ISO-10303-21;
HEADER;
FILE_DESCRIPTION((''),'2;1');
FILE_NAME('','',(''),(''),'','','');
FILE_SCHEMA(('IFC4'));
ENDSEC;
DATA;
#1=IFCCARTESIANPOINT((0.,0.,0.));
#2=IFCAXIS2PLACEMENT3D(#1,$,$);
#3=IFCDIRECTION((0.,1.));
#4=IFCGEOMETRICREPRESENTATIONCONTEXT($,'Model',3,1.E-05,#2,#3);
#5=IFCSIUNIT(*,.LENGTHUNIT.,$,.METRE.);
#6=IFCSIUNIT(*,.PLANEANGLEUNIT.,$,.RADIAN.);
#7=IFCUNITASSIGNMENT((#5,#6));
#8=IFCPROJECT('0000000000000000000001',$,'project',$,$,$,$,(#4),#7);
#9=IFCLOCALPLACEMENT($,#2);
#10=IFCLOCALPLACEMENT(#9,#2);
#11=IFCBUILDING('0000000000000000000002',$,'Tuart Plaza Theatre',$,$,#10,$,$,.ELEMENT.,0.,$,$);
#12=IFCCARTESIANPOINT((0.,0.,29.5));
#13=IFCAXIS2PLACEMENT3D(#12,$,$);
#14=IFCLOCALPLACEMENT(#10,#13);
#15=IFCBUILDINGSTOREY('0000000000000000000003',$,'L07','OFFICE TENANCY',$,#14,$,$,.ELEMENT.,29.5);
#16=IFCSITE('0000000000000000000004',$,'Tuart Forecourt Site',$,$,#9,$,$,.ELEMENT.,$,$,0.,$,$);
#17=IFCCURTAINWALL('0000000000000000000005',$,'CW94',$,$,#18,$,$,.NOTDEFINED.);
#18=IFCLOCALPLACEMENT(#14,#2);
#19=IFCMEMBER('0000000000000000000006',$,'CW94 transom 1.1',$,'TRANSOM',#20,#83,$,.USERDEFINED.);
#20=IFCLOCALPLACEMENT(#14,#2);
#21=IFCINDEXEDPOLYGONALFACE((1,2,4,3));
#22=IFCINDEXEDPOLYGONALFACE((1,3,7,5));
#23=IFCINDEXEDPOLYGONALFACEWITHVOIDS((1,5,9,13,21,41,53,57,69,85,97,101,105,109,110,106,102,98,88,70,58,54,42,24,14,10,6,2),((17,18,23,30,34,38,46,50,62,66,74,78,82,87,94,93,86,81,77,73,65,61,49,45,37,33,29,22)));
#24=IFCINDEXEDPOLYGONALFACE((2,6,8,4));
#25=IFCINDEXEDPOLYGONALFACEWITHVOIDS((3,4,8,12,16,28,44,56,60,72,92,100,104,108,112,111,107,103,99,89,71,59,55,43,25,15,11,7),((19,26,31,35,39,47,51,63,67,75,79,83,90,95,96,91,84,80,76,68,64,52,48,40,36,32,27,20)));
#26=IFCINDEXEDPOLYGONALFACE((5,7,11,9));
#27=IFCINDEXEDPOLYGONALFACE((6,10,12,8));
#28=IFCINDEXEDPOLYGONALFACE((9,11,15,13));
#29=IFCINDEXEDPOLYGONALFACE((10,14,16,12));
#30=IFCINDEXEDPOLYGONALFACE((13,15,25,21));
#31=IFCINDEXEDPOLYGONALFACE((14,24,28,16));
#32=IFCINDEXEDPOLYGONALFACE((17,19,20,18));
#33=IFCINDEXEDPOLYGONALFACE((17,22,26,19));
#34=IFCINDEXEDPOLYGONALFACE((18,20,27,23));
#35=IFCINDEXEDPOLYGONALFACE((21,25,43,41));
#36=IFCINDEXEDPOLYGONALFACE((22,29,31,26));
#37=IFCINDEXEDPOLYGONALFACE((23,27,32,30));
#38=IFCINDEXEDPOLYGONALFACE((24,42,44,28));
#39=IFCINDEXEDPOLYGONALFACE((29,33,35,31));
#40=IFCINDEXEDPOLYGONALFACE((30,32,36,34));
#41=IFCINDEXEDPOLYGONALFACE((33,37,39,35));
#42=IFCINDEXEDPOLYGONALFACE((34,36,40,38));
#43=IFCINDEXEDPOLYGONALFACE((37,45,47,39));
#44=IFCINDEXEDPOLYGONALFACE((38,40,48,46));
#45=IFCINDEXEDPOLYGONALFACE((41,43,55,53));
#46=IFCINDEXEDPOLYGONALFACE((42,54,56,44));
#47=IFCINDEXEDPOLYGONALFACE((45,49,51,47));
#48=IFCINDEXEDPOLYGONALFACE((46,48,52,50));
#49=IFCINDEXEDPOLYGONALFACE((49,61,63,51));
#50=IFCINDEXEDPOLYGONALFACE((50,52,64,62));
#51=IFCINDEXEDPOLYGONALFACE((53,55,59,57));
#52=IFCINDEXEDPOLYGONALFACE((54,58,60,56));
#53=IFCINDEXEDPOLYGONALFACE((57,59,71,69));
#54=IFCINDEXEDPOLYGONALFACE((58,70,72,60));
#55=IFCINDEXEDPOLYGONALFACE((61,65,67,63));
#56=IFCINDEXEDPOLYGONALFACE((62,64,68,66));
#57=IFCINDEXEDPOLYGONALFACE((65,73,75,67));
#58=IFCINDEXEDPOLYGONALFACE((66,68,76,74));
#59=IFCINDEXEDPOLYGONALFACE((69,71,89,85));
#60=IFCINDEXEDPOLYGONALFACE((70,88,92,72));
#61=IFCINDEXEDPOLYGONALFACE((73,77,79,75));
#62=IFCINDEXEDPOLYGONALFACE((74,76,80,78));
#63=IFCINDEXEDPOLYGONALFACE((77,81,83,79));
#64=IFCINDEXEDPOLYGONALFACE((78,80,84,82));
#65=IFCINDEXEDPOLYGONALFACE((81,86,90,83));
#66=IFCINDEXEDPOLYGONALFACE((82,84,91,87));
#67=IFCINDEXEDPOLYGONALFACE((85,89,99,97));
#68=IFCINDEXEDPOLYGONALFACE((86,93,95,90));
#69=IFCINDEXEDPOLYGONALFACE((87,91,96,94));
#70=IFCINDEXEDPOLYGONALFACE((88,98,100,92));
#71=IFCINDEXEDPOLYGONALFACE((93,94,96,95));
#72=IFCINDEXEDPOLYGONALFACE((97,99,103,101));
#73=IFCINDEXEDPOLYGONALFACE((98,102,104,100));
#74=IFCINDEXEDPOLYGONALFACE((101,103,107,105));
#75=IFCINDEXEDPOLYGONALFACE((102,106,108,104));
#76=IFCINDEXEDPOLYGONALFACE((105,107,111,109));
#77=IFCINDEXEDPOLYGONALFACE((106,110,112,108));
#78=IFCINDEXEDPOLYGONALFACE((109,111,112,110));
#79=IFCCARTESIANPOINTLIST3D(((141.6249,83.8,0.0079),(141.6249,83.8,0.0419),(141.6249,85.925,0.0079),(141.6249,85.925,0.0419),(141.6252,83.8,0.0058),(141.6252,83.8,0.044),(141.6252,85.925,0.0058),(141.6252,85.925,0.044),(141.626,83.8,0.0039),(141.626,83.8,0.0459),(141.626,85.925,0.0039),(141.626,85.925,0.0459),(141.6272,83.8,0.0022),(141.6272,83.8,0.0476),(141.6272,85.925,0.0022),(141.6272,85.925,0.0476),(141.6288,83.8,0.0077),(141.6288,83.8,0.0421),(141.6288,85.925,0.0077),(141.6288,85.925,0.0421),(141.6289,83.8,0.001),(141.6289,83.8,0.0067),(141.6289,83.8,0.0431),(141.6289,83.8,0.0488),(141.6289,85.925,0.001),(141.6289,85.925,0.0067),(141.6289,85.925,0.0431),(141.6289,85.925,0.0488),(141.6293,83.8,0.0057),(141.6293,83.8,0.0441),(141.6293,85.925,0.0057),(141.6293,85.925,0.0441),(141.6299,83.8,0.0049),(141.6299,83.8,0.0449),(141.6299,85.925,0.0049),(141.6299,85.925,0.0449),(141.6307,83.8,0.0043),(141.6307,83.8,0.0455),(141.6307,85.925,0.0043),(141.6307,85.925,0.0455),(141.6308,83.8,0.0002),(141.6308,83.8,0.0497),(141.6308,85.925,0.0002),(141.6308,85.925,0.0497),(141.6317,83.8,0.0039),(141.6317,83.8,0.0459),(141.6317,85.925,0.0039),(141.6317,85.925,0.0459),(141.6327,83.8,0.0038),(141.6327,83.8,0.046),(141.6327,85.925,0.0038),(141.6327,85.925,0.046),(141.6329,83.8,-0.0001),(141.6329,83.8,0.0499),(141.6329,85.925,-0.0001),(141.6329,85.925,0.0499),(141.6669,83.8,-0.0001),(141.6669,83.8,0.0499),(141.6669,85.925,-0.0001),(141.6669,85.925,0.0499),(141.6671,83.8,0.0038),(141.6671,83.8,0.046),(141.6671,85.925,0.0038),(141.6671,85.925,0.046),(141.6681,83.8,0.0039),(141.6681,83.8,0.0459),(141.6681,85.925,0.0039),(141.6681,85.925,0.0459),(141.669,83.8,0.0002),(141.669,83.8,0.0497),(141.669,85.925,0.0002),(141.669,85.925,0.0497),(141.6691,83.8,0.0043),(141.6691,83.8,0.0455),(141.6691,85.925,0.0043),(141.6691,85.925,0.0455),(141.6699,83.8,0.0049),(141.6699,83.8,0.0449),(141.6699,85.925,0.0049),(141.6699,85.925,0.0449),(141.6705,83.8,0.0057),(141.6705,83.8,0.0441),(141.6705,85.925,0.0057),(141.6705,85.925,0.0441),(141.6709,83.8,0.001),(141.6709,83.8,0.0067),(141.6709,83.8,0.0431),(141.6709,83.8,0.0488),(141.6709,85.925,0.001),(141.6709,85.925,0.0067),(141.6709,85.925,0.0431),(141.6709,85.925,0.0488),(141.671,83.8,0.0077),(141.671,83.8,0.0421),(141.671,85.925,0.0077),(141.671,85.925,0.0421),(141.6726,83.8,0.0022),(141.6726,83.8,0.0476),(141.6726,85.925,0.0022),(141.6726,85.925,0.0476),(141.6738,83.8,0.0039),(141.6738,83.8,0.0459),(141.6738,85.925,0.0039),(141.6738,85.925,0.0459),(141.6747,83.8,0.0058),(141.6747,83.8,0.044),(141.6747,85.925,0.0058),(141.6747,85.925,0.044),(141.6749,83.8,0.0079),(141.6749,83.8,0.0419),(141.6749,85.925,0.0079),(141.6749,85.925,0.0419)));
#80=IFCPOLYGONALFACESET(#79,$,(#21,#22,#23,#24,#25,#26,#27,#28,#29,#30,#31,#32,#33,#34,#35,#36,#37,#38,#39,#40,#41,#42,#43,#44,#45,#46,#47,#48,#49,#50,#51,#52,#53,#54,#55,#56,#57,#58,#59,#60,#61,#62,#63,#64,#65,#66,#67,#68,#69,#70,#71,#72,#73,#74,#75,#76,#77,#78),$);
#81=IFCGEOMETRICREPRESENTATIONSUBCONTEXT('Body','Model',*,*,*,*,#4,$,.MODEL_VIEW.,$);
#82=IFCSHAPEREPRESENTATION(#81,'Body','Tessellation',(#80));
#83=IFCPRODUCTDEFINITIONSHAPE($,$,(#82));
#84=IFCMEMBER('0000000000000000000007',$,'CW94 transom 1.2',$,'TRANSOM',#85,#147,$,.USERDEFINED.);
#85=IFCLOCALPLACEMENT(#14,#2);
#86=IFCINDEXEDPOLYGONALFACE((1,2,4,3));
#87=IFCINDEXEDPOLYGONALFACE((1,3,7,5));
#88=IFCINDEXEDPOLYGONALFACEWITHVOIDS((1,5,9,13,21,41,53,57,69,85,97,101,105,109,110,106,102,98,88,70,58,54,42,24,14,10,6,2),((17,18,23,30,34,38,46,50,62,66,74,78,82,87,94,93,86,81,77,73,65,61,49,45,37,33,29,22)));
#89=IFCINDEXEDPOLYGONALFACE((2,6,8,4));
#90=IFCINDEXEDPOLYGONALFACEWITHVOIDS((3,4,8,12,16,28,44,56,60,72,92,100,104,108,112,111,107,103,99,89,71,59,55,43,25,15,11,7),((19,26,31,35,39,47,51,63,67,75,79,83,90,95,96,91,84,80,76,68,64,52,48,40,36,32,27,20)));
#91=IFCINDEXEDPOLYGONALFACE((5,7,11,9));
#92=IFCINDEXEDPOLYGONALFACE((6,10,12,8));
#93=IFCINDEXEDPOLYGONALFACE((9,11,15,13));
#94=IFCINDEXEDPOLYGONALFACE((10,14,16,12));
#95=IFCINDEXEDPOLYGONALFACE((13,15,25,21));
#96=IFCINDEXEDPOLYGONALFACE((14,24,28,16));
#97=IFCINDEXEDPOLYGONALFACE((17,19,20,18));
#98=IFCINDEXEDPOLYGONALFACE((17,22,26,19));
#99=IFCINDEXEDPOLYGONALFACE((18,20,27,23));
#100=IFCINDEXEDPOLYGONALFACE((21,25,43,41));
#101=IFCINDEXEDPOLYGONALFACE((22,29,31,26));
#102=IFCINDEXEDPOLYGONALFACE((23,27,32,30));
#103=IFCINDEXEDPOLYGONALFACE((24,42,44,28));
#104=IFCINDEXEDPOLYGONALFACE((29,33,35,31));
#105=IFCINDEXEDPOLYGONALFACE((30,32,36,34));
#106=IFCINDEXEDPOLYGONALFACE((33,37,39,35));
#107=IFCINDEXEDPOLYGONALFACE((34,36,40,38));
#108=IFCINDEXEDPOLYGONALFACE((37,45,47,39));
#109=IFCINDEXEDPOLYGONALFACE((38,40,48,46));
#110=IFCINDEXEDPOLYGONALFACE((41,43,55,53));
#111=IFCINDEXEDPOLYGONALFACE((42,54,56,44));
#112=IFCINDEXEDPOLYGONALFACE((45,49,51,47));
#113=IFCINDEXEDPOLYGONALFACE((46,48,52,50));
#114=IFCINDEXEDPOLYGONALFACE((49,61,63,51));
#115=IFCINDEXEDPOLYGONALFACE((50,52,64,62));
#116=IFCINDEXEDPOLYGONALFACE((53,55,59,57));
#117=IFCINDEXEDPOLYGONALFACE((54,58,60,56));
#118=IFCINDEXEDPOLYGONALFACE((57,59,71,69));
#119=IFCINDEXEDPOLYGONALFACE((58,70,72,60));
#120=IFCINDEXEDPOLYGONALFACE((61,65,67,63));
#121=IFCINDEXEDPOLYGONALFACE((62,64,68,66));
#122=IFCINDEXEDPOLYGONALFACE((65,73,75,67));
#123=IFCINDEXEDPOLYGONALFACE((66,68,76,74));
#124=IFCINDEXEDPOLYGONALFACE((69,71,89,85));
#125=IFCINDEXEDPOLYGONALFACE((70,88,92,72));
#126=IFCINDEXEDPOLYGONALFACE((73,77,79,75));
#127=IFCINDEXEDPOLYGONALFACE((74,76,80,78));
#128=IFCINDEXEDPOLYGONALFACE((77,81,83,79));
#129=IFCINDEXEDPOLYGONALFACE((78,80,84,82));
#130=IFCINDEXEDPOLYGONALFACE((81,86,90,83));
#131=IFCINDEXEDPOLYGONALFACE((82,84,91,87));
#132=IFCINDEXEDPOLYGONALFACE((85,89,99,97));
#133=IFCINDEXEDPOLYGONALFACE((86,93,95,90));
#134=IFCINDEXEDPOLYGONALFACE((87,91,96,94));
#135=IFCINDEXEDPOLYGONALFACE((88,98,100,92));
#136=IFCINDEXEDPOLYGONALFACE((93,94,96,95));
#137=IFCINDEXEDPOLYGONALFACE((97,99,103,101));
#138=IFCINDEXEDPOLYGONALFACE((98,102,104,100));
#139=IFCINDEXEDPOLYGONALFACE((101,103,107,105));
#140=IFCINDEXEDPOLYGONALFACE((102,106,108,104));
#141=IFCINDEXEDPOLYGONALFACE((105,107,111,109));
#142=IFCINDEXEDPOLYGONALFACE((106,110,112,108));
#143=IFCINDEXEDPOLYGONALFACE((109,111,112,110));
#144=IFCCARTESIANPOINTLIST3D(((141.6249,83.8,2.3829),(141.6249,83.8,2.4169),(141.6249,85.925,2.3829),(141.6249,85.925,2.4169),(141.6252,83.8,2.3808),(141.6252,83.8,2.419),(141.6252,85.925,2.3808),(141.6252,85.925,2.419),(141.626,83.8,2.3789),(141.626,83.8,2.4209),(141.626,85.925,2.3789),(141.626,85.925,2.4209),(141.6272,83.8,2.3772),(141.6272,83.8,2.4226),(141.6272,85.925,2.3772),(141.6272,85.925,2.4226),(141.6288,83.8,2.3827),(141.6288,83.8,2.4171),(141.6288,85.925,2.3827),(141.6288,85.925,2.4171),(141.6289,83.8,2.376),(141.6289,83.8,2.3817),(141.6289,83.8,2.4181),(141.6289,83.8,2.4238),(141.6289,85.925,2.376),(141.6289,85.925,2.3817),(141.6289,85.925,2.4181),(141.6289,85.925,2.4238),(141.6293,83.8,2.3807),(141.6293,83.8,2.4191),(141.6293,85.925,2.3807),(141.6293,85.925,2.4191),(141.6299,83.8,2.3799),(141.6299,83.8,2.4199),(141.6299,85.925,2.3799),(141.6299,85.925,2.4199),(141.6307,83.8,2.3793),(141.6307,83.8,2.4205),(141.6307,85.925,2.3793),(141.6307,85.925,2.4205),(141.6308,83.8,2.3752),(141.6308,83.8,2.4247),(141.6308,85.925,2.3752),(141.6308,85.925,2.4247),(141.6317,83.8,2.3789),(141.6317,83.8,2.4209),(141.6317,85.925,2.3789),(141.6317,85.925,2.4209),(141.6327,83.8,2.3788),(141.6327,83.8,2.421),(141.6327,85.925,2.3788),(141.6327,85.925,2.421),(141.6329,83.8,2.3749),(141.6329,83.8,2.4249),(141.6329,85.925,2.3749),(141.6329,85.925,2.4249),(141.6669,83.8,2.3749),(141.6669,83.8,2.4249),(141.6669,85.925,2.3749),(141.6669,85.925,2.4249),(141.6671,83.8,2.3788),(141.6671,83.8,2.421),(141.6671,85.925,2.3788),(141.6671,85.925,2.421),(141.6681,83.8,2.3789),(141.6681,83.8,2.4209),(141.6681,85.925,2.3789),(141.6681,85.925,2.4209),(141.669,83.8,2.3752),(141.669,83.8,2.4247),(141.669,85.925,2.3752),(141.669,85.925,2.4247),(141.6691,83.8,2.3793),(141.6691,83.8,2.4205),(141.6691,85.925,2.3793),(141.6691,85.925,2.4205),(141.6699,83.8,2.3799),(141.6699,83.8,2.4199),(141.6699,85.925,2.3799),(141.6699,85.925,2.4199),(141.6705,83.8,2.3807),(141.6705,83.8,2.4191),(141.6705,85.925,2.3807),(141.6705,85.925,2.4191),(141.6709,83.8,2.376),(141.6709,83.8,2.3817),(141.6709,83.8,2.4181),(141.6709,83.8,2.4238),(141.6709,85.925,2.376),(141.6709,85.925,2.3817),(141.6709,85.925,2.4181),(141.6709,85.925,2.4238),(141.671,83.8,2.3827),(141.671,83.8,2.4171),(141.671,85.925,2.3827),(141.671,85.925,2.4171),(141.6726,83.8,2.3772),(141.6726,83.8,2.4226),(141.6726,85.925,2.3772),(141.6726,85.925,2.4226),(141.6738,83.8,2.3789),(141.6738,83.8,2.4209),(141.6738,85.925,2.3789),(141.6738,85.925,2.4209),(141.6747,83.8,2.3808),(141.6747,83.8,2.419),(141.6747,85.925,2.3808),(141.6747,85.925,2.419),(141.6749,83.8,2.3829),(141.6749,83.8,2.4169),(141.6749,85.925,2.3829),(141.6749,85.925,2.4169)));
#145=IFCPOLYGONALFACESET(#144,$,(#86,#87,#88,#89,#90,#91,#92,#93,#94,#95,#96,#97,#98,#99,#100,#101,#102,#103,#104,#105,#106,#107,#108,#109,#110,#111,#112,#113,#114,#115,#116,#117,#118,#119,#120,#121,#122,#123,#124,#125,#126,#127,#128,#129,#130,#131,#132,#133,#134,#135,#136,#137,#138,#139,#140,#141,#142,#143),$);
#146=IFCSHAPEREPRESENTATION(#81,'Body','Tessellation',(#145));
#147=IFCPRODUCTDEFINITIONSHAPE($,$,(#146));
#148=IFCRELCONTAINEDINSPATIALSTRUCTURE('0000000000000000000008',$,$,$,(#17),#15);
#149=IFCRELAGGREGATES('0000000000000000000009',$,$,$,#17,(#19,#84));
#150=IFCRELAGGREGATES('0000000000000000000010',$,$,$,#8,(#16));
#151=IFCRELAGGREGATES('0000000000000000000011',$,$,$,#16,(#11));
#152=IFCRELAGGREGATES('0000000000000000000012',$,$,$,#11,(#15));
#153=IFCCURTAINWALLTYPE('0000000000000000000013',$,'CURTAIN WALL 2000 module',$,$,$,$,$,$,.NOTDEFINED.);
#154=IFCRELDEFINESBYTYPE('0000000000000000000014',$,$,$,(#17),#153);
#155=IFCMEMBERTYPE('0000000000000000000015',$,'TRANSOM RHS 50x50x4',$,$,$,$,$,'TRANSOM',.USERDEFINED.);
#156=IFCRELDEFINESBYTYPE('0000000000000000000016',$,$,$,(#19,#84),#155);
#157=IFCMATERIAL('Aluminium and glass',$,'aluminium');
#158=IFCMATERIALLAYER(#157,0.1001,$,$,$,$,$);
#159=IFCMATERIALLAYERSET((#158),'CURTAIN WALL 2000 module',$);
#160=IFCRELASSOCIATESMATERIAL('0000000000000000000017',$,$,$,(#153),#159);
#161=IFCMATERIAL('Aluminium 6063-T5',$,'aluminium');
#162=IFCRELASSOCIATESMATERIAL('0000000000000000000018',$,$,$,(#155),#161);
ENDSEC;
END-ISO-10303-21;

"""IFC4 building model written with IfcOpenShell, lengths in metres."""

from ifc_helpers import new_model, si_unit, direction, frame, origin, origin_2d, place, context, subcontext, project, spatial, hollow_rectangle, extrude, material, layer, layer_set, material_profile, profile_set, type_object, element, aggregate, save


model = new_model("IFC4")

# Units and contexts
model_context = context("Model", 3, precision=1e-05, world=origin(), true_north=direction((0.0, 1.0)))
body_context = subcontext(model_context, "Body", "Model", "MODEL_VIEW")
ifc_project = project(units=[si_unit("LENGTHUNIT", "METRE"), si_unit("PLANEANGLEUNIT", "RADIAN")], contexts=[model_context])

# Site, building, storey
site_placement = place(None, origin())
site = spatial("IfcSite", under=ifc_project, at=site_placement, Name="Tuart Forecourt Site", CompositionType="ELEMENT", RefElevation=0.0)
building_placement = place(site_placement, origin())
building = spatial("IfcBuilding", under=site, at=building_placement, Name="Tuart Plaza Theatre", CompositionType="ELEMENT", ElevationOfRefHeight=0.0)
storey_placement = place(building_placement, frame((0.0, 0.0, 29.5)))
storey = spatial("IfcBuildingStorey", under=building, at=storey_placement, Name="L07", Description="OFFICE TENANCY", CompositionType="ELEMENT", Elevation=29.5)

# Curtain wall, members
ifc_material_1 = material(Name="Aluminium and glass", Category="aluminium")
ifc_layer_1 = layer(ifc_material_1, 0.1001)
ifc_layer_set_1 = layer_set([ifc_layer_1], Name="CURTAIN WALL 2000 module")
curtain_wall_type = type_object("IfcCurtainWallType", Name="CURTAIN WALL 2000 module", PredefinedType="NOTDEFINED", material=ifc_layer_set_1)
curtain_wall_1_placement = place(storey_placement, origin())
curtain_wall_1 = element("IfcCurtainWall", 1, at=curtain_wall_1_placement, inside=storey, type_object=curtain_wall_type, Name="CW94", PredefinedType="NOTDEFINED")
ifc_material_2 = material(Name="Aluminium 6063-T5", Category="aluminium")
ifc_material_profile_1 = material_profile(ifc_material_2, hollow_rectangle(XDim=0.05, YDim=0.05, WallThickness=0.0039, InnerFilletRadius=0.0039, OuterFilletRadius=0.0081, at=origin_2d()), Name="RHS 50x50x4")
ifc_profile_set_1 = profile_set([ifc_material_profile_1], Name="Aluminium 6063-T5")
member_type_1 = type_object("IfcMemberType", Name="TRANSOM RHS 50x50x4", ElementType="TRANSOM", PredefinedType="USERDEFINED", material=ifc_profile_set_1)
member_1_placement = place(storey_placement, frame((141.6499, 83.8, 0.0249), z_axis=(0.0, 1.0, 0.0), x_axis=(-1.0, 0.0, 0.0)))
member_1 = element("IfcMember", 2, at=member_1_placement, type_object=member_type_1, Name="CW94 transom 1.1", ObjectType="TRANSOM", PredefinedType="USERDEFINED", context=body_context, shape_type="SweptSolid", body=[
    extrude(hollow_rectangle(XDim=0.05, YDim=0.05, WallThickness=0.0039, InnerFilletRadius=0.0039, OuterFilletRadius=0.0081, at=origin_2d()), origin(), (0.0, 0.0, 1.0), 2.125),
])
member_2_placement = place(storey_placement, frame((141.6499, 83.8, 2.3999), z_axis=(0.0, 1.0, 0.0), x_axis=(-1.0, 0.0, 0.0)))
member_2 = element("IfcMember", 3, at=member_2_placement, type_object=member_type_1, Name="CW94 transom 1.2", ObjectType="TRANSOM", PredefinedType="USERDEFINED", context=body_context, shape_type="SweptSolid", body=[
    extrude(hollow_rectangle(XDim=0.05, YDim=0.05, WallThickness=0.0039, InnerFilletRadius=0.0039, OuterFilletRadius=0.0081, at=origin_2d()), origin(), (0.0, 0.0, 1.0), 2.125),
])
aggregate(curtain_wall_1, [member_1, member_2])

save(model, "model.ifc")
